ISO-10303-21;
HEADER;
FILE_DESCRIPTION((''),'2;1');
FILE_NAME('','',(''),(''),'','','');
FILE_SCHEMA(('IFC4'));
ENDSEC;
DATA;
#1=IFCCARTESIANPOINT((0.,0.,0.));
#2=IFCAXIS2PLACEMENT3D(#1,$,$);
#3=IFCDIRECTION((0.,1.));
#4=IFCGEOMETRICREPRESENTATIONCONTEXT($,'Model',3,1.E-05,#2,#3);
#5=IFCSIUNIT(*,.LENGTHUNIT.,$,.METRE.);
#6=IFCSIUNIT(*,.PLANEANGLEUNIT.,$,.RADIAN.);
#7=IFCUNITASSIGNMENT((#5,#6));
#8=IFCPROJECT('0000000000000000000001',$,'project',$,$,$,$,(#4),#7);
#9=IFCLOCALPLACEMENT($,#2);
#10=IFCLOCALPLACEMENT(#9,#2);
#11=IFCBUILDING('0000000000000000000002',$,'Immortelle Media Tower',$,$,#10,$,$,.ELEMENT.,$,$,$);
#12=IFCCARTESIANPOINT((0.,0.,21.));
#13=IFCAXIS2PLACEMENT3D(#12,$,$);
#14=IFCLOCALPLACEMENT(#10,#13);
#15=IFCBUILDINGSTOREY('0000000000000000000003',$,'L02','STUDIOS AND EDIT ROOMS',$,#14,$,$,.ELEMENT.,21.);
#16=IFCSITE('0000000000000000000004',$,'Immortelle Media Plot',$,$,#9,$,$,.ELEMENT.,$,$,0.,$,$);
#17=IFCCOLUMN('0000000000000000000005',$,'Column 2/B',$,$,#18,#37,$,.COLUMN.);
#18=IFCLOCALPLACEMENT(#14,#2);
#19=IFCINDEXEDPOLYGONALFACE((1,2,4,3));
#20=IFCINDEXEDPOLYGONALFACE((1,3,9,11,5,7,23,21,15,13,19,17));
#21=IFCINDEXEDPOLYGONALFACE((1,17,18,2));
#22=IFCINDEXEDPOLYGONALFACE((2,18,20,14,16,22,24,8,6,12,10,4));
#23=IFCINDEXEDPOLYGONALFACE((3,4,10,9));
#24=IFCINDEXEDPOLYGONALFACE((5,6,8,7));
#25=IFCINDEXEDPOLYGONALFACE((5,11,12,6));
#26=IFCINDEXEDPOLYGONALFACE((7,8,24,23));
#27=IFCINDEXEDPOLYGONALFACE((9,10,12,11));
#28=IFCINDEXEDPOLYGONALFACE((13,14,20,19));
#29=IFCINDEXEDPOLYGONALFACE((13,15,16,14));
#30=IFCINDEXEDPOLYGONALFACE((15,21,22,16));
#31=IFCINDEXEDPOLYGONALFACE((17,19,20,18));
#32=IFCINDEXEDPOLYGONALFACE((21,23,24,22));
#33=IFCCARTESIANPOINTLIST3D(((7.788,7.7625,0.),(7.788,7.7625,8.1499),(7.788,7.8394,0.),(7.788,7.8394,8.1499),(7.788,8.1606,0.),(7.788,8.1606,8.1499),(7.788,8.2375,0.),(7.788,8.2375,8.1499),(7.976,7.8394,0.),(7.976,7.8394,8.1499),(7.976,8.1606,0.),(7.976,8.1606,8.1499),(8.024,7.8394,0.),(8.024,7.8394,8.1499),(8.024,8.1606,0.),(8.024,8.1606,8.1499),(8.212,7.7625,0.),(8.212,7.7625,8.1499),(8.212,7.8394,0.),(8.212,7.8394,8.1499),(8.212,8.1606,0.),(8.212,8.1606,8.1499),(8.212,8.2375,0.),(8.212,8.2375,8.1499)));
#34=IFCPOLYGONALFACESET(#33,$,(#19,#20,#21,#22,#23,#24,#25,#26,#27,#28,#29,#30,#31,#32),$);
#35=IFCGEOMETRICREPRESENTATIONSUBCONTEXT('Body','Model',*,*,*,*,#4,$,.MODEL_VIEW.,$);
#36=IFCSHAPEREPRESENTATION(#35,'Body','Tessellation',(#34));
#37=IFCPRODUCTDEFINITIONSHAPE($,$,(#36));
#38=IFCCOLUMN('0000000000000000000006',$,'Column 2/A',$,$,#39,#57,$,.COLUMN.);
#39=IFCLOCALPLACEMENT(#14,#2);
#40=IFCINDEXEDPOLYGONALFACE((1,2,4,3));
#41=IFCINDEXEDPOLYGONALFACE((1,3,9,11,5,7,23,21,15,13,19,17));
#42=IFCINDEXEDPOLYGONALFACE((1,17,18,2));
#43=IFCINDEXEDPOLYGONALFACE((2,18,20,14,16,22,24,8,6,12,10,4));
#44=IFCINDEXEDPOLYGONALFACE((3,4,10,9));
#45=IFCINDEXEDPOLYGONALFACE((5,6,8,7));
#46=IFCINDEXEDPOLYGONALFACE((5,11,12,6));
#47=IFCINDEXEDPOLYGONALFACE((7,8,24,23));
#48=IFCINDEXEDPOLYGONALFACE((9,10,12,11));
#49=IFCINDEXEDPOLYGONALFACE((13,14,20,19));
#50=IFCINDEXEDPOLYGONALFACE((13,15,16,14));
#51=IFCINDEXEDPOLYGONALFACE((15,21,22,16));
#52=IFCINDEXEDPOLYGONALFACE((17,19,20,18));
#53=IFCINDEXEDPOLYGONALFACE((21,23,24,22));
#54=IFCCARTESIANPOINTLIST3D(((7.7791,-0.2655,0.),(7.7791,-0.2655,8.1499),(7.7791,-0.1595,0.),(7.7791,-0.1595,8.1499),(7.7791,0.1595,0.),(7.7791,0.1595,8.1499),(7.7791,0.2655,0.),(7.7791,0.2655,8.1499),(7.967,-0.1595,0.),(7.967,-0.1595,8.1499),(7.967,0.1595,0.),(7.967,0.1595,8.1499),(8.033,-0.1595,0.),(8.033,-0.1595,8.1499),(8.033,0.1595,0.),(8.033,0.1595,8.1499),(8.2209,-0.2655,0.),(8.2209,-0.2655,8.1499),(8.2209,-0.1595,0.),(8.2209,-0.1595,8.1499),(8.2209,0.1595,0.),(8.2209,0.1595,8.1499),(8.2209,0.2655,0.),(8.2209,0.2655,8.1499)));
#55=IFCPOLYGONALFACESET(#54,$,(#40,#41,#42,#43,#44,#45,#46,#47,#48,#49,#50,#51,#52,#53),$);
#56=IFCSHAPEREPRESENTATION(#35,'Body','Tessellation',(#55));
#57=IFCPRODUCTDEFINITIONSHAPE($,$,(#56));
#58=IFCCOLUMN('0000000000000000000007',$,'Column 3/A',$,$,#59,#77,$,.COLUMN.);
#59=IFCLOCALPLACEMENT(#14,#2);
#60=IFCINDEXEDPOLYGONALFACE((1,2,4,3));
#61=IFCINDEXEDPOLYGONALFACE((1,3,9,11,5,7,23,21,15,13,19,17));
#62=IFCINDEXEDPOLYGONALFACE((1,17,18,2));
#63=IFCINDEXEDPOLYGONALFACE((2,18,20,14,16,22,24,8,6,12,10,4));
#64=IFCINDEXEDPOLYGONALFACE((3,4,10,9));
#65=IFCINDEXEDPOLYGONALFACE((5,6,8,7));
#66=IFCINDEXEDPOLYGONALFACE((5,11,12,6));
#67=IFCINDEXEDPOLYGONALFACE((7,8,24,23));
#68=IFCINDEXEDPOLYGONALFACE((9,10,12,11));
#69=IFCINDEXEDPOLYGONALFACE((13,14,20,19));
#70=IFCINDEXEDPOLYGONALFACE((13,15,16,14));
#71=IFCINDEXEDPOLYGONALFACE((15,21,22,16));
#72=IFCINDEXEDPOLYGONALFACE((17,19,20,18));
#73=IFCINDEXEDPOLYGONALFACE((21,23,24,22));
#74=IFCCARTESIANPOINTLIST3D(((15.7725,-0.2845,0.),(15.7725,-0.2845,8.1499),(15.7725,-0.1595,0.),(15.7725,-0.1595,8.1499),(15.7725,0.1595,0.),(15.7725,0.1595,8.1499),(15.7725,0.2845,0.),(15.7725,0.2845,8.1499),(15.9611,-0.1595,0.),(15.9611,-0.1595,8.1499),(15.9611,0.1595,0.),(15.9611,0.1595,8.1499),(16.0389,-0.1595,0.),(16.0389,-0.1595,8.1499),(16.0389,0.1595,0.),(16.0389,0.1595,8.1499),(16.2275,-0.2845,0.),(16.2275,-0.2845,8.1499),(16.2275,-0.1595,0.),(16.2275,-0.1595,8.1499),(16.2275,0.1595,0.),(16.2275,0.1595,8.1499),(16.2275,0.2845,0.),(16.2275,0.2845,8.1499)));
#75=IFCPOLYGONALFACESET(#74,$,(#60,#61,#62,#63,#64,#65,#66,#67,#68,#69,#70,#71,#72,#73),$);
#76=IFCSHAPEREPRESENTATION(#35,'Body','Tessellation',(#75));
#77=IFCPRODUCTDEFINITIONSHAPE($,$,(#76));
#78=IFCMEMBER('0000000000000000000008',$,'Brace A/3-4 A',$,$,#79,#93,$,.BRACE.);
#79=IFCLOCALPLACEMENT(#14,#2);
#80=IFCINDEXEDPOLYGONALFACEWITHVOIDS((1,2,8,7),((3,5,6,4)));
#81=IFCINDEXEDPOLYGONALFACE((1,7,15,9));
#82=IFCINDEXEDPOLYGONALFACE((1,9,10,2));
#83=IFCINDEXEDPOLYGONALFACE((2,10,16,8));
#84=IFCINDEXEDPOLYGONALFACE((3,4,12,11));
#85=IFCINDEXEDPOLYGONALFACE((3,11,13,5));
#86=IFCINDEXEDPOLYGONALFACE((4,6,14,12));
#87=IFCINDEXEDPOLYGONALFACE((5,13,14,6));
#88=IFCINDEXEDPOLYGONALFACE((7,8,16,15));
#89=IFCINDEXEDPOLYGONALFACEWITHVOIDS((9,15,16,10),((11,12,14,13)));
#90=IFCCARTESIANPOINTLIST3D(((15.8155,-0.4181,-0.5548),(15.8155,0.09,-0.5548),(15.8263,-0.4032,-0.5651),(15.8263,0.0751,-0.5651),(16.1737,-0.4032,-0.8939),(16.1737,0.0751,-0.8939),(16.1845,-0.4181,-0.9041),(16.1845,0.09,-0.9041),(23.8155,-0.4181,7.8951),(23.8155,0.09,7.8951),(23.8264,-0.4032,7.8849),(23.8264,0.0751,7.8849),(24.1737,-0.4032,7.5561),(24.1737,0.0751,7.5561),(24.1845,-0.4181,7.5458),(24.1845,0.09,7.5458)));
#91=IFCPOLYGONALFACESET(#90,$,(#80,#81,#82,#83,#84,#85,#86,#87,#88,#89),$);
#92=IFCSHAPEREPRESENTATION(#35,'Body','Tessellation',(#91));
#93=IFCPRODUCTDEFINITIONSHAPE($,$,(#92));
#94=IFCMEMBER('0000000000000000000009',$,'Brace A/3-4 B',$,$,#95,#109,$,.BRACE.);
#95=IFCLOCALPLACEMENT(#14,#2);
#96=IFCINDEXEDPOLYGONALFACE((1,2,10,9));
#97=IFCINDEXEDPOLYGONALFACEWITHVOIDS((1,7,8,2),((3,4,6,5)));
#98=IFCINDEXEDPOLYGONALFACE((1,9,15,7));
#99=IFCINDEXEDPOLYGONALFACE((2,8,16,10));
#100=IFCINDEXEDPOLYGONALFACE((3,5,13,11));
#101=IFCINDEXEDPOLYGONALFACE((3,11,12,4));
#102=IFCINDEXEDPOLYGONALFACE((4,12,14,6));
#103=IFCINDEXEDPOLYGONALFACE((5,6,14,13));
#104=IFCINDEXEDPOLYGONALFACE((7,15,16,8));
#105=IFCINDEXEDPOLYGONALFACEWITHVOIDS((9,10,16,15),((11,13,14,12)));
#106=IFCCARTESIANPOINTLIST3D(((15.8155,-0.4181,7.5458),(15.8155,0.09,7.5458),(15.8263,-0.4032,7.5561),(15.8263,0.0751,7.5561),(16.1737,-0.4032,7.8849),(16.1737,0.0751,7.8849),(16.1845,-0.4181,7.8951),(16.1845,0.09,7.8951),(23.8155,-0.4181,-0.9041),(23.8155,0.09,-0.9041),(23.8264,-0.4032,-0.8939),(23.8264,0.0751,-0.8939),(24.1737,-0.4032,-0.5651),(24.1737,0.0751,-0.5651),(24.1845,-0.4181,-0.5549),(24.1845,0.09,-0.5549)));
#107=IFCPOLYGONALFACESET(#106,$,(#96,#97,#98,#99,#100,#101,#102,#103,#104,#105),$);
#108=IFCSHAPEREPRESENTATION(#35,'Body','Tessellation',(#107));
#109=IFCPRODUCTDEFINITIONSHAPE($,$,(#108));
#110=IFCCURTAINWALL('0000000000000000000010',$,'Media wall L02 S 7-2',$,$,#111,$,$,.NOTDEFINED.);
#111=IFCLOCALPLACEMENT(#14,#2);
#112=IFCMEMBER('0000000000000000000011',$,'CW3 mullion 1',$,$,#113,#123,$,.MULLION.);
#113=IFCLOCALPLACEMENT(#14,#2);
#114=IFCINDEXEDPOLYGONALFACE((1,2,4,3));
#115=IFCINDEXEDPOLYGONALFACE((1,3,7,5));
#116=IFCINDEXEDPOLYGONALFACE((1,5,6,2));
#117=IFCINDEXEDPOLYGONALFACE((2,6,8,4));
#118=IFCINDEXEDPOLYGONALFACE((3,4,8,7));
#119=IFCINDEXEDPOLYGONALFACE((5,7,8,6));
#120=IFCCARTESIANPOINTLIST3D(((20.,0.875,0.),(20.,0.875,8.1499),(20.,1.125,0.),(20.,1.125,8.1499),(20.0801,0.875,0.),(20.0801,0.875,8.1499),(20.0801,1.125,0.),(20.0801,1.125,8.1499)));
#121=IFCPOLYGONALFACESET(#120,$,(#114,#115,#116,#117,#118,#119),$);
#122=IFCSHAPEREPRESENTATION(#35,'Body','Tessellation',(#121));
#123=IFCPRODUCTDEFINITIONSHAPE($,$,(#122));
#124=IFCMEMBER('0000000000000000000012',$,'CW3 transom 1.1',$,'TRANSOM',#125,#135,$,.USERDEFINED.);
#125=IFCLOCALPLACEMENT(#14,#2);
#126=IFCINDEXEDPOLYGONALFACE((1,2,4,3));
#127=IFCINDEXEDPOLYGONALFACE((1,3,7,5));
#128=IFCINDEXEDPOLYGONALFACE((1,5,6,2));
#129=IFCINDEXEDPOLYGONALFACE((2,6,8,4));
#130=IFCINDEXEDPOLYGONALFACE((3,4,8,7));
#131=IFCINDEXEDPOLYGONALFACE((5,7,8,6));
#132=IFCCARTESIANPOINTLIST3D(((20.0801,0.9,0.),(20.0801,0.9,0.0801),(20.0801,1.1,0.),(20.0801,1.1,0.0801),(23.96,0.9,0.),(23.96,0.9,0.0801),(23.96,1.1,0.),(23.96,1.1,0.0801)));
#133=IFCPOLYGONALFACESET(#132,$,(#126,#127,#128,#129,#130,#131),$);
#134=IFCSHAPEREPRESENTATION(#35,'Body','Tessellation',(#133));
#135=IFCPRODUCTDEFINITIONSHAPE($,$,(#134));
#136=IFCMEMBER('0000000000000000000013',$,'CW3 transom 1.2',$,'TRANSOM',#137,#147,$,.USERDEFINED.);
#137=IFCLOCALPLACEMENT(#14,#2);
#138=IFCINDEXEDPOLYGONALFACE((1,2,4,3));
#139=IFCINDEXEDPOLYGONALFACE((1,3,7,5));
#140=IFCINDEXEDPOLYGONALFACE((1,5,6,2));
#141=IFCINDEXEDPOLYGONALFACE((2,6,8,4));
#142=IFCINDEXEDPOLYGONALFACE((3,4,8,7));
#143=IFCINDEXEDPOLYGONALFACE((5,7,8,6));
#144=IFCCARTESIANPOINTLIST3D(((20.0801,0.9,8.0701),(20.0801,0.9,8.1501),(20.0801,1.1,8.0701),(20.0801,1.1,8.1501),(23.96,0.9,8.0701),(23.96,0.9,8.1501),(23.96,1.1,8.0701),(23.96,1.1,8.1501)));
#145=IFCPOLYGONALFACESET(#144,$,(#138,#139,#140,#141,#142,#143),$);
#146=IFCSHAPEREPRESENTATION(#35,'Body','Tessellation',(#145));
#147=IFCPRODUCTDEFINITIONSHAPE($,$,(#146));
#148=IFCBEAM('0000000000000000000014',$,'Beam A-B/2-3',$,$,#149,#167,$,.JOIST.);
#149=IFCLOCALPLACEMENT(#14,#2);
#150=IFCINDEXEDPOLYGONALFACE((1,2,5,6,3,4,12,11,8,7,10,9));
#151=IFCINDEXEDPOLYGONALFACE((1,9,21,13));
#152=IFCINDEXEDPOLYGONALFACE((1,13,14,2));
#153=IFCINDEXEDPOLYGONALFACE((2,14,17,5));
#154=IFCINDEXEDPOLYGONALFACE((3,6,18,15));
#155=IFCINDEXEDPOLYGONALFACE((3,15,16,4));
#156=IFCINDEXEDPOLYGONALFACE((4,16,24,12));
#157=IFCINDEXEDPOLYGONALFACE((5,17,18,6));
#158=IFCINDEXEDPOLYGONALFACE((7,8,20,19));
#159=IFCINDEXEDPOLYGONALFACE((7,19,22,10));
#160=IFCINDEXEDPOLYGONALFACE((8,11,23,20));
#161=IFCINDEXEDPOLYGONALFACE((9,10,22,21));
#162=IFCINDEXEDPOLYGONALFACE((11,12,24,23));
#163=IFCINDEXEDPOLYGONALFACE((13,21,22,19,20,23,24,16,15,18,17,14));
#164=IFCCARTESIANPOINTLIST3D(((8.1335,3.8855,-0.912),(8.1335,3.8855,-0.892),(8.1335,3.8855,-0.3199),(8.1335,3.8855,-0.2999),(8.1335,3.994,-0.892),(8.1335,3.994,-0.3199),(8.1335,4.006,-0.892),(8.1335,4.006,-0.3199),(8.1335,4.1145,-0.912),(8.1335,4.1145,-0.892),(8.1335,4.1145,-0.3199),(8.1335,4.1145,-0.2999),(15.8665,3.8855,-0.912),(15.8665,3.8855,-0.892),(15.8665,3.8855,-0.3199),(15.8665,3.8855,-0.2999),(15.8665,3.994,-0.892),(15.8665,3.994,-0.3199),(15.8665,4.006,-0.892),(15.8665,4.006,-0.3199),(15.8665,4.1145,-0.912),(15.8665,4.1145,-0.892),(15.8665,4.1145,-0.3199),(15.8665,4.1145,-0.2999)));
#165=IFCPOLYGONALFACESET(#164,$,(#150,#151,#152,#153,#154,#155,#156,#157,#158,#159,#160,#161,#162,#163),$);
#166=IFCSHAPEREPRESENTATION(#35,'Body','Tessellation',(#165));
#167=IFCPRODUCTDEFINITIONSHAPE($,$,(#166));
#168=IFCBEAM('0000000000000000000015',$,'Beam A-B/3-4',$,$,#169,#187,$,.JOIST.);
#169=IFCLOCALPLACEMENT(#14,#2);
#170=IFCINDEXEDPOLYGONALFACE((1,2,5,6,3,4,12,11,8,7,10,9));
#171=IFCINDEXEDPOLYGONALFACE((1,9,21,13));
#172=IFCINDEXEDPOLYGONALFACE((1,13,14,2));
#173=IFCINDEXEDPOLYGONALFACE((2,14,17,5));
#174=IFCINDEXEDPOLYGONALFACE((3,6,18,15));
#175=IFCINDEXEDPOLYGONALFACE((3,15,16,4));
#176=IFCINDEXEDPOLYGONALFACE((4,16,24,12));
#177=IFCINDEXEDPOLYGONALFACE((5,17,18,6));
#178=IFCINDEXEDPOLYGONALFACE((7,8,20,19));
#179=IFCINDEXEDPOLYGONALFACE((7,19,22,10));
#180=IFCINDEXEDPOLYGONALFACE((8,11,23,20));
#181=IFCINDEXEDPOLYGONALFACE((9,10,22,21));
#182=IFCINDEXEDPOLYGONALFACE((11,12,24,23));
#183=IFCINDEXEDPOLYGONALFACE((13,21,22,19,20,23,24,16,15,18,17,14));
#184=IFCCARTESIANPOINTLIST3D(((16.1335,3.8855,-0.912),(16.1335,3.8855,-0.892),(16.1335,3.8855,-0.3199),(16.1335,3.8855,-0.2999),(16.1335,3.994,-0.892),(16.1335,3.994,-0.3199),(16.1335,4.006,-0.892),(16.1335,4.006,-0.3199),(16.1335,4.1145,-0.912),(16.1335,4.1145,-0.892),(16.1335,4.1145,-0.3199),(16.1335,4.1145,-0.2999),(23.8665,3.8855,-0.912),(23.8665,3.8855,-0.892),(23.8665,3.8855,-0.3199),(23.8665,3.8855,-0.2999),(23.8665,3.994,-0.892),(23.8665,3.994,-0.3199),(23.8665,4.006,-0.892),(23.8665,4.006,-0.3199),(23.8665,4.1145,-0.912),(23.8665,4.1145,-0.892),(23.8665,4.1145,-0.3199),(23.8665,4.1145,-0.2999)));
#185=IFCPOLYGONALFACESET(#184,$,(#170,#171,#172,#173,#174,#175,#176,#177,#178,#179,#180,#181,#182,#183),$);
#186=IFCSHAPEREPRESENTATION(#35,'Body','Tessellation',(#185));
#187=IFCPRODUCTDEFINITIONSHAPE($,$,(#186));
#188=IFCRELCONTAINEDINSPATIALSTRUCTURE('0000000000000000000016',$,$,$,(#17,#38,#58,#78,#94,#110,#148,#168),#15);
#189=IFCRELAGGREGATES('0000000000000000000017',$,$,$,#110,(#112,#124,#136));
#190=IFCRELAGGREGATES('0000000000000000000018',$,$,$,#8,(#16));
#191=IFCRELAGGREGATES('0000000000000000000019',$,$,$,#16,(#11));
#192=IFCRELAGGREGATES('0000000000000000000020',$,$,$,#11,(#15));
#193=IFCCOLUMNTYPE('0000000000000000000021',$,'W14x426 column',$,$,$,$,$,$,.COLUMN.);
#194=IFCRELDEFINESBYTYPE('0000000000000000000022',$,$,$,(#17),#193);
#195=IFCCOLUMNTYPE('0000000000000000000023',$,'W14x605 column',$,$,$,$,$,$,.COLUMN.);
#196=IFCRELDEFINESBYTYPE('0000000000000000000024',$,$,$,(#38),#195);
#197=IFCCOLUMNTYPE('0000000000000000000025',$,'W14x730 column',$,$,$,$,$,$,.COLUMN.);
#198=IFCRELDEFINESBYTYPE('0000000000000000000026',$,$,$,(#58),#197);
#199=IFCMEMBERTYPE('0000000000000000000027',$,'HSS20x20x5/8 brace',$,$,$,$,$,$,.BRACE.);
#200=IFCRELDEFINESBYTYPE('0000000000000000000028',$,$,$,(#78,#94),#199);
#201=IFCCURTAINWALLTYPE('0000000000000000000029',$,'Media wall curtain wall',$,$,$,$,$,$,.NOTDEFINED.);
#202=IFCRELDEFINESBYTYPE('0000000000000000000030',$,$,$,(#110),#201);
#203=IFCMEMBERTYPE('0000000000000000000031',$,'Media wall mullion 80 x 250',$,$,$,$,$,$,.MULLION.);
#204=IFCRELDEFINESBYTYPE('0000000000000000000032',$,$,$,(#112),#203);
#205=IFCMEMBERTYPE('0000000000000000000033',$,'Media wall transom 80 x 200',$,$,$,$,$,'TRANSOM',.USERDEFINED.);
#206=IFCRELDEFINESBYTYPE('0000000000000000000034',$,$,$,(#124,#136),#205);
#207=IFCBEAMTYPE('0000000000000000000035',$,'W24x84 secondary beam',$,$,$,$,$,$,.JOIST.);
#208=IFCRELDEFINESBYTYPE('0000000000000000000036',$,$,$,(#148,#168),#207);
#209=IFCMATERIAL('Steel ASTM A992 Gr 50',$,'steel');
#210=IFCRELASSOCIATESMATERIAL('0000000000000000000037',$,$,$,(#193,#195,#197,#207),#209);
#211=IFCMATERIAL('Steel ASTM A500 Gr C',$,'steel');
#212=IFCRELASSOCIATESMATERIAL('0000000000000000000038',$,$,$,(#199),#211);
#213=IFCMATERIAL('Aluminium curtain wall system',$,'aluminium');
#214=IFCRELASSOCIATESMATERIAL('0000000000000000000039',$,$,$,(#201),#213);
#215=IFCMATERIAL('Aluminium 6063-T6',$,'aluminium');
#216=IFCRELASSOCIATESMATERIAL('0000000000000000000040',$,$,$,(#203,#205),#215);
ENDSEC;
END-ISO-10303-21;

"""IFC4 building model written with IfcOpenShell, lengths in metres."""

from ifc_helpers import new_model, si_unit, direction, frame, origin, origin_2d, place, context, subcontext, project, spatial, rectangle, hollow_rectangle, i_section, extrude, material, material_profile, profile_set, type_object, element, aggregate, save


model = new_model("IFC4")

# Units and contexts
model_context = context("Model", 3, precision=1e-05, world=origin(), true_north=direction((0.0, 1.0)))
body_context = subcontext(model_context, "Body", "Model", "MODEL_VIEW")
ifc_project = project(units=[si_unit("LENGTHUNIT", "METRE"), si_unit("PLANEANGLEUNIT", "RADIAN")], contexts=[model_context])

# Site, building, storey
site_placement = place(None, origin())
site = spatial("IfcSite", under=ifc_project, at=site_placement, Name="Immortelle Media Plot", CompositionType="ELEMENT", RefElevation=0.0)
building_placement = place(site_placement, origin())
building = spatial("IfcBuilding", under=site, at=building_placement, Name="Immortelle Media Tower", CompositionType="ELEMENT")
storey_placement = place(building_placement, frame((0.0, 0.0, 21.0)))
storey = spatial("IfcBuildingStorey", under=building, at=storey_placement, Name="L02", Description="STUDIOS AND EDIT ROOMS", CompositionType="ELEMENT", Elevation=21.0)

# Columns
ifc_material_1 = material(Name="Steel ASTM A992 Gr 50", Category="steel")
ifc_material_profile_1 = material_profile(ifc_material_1, i_section(OverallWidth=0.4241, OverallDepth=0.4751, WebThickness=0.0481, FlangeThickness=0.0769, at=origin_2d()), Name="W14x426")
ifc_profile_set_1 = profile_set([ifc_material_profile_1], Name="Steel ASTM A992 Gr 50")
column_type_1 = type_object("IfcColumnType", Name="W14x426 column", PredefinedType="COLUMN", material=ifc_profile_set_1)
column_1_placement = place(storey_placement, frame((8.0, 8.0, 0.0), z_axis=(0.0, 0.0, 1.0), x_axis=(1.0, 0.0, 0.0)))
element("IfcColumn", 1, at=column_1_placement, inside=storey, type_object=column_type_1, Name="Column 2/B", PredefinedType="COLUMN", context=body_context, shape_type="SweptSolid", body=[
    extrude(i_section(OverallWidth=0.4241, OverallDepth=0.4751, WebThickness=0.0481, FlangeThickness=0.0769, at=origin_2d()), origin(), (0.0, 0.0, 1.0), 8.1499),
])
ifc_material_profile_2 = material_profile(ifc_material_1, i_section(OverallWidth=0.4419, OverallDepth=0.531, WebThickness=0.0659, FlangeThickness=0.106, at=origin_2d()), Name="W14x605")
ifc_profile_set_2 = profile_set([ifc_material_profile_2], Name="Steel ASTM A992 Gr 50")
column_type_2 = type_object("IfcColumnType", Name="W14x605 column", PredefinedType="COLUMN", material=ifc_profile_set_2)
column_2_placement = place(storey_placement, frame((8.0, 0.0, 0.0), z_axis=(0.0, 0.0, 1.0), x_axis=(1.0, 0.0, 0.0)))
element("IfcColumn", 2, at=column_2_placement, inside=storey, type_object=column_type_2, Name="Column 2/A", PredefinedType="COLUMN", context=body_context, shape_type="SweptSolid", body=[
    extrude(i_section(OverallWidth=0.4419, OverallDepth=0.531, WebThickness=0.0659, FlangeThickness=0.106, at=origin_2d()), origin(), (0.0, 0.0, 1.0), 8.1499),
])
ifc_material_profile_3 = material_profile(ifc_material_1, i_section(OverallWidth=0.4551, OverallDepth=0.5691, WebThickness=0.0779, FlangeThickness=0.125, at=origin_2d()), Name="W14x730")
ifc_profile_set_3 = profile_set([ifc_material_profile_3], Name="Steel ASTM A992 Gr 50")
column_type_3 = type_object("IfcColumnType", Name="W14x730 column", PredefinedType="COLUMN", material=ifc_profile_set_3)
column_3_placement = place(storey_placement, frame((16.0, 0.0, 0.0), z_axis=(0.0, 0.0, 1.0), x_axis=(1.0, 0.0, 0.0)))
element("IfcColumn", 3, at=column_3_placement, inside=storey, type_object=column_type_3, Name="Column 3/A", PredefinedType="COLUMN", context=body_context, shape_type="SweptSolid", body=[
    extrude(i_section(OverallWidth=0.4551, OverallDepth=0.5691, WebThickness=0.0779, FlangeThickness=0.125, at=origin_2d()), origin(), (0.0, 0.0, 1.0), 8.1499),
])

# Members
ifc_material_2 = material(Name="Steel ASTM A500 Gr C", Category="steel")
ifc_material_profile_4 = material_profile(ifc_material_2, hollow_rectangle(XDim=0.5081, YDim=0.5081, WallThickness=0.0149, at=origin_2d()), Name="HSS20x20x5/8 brace")
ifc_profile_set_4 = profile_set([ifc_material_profile_4], Name="Steel ASTM A500 Gr C")
member_type_1 = type_object("IfcMemberType", Name="HSS20x20x5/8 brace", PredefinedType="BRACE", material=ifc_profile_set_4)
for number, where, z_axis, x_axis, name in (
    (4, (16.0, -0.1641, -0.7295), (0.687508, 0.0, 0.726176), (0.0, 1.0, 0.0), "Brace A/3-4 A"),
    (5, (16.0, -0.1641, 7.7205), (0.687508, 0.0, -0.726176), (0.0, 1.0, 0.0), "Brace A/3-4 B"),
):
    element("IfcMember", number, at=place(storey_placement, frame(where, z_axis=z_axis, x_axis=x_axis)), inside=storey, type_object=member_type_1, Name=name, PredefinedType="BRACE", context=body_context, shape_type="SweptSolid", body=[
        extrude(hollow_rectangle(XDim=0.5081, YDim=0.5081, WallThickness=0.0149, at=origin_2d()), origin(), (0.0, 0.0, 1.0), 11.6362),
    ])

# Curtain wall, members
ifc_material_3 = material(Name="Aluminium curtain wall system", Category="aluminium")
curtain_wall_type = type_object("IfcCurtainWallType", Name="Media wall curtain wall", PredefinedType="NOTDEFINED", material=ifc_material_3)
curtain_wall_placement = place(storey_placement, origin())
curtain_wall = element("IfcCurtainWall", 6, at=curtain_wall_placement, inside=storey, type_object=curtain_wall_type, Name="Media wall L02 S 7-2", PredefinedType="NOTDEFINED")
ifc_material_4 = material(Name="Aluminium 6063-T6", Category="aluminium")
ifc_material_profile_5 = material_profile(ifc_material_4, rectangle(XDim=0.25, YDim=0.0801, at=origin_2d()), Name="AL 80x250")
ifc_profile_set_5 = profile_set([ifc_material_profile_5], Name="Aluminium 6063-T6")
member_type_2 = type_object("IfcMemberType", Name="Media wall mullion 80 x 250", PredefinedType="MULLION", material=ifc_profile_set_5)
member_1_placement = place(storey_placement, frame((20.04, 1.0, 0.0), z_axis=(0.0, 0.0, 1.0), x_axis=(0.0, 1.0, 0.0)))
member_1 = element("IfcMember", 7, at=member_1_placement, type_object=member_type_2, Name="CW3 mullion 1", PredefinedType="MULLION", context=body_context, shape_type="SweptSolid", body=[
    extrude(rectangle(XDim=0.25, YDim=0.0801, at=origin_2d()), origin(), (0.0, 0.0, 1.0), 8.1499),
])
ifc_material_profile_6 = material_profile(ifc_material_4, rectangle(XDim=0.2, YDim=0.0801, at=origin_2d()), Name="AL 80x200")
ifc_profile_set_6 = profile_set([ifc_material_profile_6], Name="Aluminium 6063-T6")
member_type_3 = type_object("IfcMemberType", Name="Media wall transom 80 x 200", ElementType="TRANSOM", PredefinedType="USERDEFINED", material=ifc_profile_set_6)
member_2_placement = place(storey_placement, frame((20.0801, 1.0, 0.04), z_axis=(1.0, 0.0, 0.0), x_axis=(0.0, 1.0, 0.0)))
member_2 = element("IfcMember", 8, at=member_2_placement, type_object=member_type_3, Name="CW3 transom 1.1", ObjectType="TRANSOM", PredefinedType="USERDEFINED", context=body_context, shape_type="SweptSolid", body=[
    extrude(rectangle(XDim=0.2, YDim=0.0801, at=origin_2d()), origin(), (0.0, 0.0, 1.0), 3.8799),
])
member_3_placement = place(storey_placement, frame((20.0801, 1.0, 8.1101), z_axis=(1.0, 0.0, 0.0), x_axis=(0.0, 1.0, 0.0)))
member_3 = element("IfcMember", 9, at=member_3_placement, type_object=member_type_3, Name="CW3 transom 1.2", ObjectType="TRANSOM", PredefinedType="USERDEFINED", context=body_context, shape_type="SweptSolid", body=[
    extrude(rectangle(XDim=0.2, YDim=0.0801, at=origin_2d()), origin(), (0.0, 0.0, 1.0), 3.8799),
])
aggregate(curtain_wall, [member_1, member_2, member_3])

# Beams
ifc_material_profile_7 = material_profile(ifc_material_1, i_section(OverallWidth=0.229, OverallDepth=0.6121, WebThickness=0.012, FlangeThickness=0.02, at=origin_2d()), Name="W24x84")
ifc_profile_set_7 = profile_set([ifc_material_profile_7], Name="Steel ASTM A992 Gr 50")
beam_type_1 = type_object("IfcBeamType", Name="W24x84 secondary beam", PredefinedType="JOIST", material=ifc_profile_set_7)
for number, where, z_axis, x_axis, name in (
    (10, (8.1335, 4.0, -0.606), (1.0, 0.0, 0.0), (0.0, 1.0, 0.0), "Beam A-B/2-3"),
    (11, (16.1335, 4.0, -0.606), (1.0, 0.0, 0.0), (0.0, 1.0, 0.0), "Beam A-B/3-4"),
):
    element("IfcBeam", number, at=place(storey_placement, frame(where, z_axis=z_axis, x_axis=x_axis)), inside=storey, type_object=beam_type_1, Name=name, PredefinedType="JOIST", context=body_context, shape_type="SweptSolid", body=[
        extrude(i_section(OverallWidth=0.229, OverallDepth=0.6121, WebThickness=0.012, FlangeThickness=0.02, at=origin_2d()), origin(), (0.0, 0.0, 1.0), 7.7329),
    ])

save(model, "model.ifc")
